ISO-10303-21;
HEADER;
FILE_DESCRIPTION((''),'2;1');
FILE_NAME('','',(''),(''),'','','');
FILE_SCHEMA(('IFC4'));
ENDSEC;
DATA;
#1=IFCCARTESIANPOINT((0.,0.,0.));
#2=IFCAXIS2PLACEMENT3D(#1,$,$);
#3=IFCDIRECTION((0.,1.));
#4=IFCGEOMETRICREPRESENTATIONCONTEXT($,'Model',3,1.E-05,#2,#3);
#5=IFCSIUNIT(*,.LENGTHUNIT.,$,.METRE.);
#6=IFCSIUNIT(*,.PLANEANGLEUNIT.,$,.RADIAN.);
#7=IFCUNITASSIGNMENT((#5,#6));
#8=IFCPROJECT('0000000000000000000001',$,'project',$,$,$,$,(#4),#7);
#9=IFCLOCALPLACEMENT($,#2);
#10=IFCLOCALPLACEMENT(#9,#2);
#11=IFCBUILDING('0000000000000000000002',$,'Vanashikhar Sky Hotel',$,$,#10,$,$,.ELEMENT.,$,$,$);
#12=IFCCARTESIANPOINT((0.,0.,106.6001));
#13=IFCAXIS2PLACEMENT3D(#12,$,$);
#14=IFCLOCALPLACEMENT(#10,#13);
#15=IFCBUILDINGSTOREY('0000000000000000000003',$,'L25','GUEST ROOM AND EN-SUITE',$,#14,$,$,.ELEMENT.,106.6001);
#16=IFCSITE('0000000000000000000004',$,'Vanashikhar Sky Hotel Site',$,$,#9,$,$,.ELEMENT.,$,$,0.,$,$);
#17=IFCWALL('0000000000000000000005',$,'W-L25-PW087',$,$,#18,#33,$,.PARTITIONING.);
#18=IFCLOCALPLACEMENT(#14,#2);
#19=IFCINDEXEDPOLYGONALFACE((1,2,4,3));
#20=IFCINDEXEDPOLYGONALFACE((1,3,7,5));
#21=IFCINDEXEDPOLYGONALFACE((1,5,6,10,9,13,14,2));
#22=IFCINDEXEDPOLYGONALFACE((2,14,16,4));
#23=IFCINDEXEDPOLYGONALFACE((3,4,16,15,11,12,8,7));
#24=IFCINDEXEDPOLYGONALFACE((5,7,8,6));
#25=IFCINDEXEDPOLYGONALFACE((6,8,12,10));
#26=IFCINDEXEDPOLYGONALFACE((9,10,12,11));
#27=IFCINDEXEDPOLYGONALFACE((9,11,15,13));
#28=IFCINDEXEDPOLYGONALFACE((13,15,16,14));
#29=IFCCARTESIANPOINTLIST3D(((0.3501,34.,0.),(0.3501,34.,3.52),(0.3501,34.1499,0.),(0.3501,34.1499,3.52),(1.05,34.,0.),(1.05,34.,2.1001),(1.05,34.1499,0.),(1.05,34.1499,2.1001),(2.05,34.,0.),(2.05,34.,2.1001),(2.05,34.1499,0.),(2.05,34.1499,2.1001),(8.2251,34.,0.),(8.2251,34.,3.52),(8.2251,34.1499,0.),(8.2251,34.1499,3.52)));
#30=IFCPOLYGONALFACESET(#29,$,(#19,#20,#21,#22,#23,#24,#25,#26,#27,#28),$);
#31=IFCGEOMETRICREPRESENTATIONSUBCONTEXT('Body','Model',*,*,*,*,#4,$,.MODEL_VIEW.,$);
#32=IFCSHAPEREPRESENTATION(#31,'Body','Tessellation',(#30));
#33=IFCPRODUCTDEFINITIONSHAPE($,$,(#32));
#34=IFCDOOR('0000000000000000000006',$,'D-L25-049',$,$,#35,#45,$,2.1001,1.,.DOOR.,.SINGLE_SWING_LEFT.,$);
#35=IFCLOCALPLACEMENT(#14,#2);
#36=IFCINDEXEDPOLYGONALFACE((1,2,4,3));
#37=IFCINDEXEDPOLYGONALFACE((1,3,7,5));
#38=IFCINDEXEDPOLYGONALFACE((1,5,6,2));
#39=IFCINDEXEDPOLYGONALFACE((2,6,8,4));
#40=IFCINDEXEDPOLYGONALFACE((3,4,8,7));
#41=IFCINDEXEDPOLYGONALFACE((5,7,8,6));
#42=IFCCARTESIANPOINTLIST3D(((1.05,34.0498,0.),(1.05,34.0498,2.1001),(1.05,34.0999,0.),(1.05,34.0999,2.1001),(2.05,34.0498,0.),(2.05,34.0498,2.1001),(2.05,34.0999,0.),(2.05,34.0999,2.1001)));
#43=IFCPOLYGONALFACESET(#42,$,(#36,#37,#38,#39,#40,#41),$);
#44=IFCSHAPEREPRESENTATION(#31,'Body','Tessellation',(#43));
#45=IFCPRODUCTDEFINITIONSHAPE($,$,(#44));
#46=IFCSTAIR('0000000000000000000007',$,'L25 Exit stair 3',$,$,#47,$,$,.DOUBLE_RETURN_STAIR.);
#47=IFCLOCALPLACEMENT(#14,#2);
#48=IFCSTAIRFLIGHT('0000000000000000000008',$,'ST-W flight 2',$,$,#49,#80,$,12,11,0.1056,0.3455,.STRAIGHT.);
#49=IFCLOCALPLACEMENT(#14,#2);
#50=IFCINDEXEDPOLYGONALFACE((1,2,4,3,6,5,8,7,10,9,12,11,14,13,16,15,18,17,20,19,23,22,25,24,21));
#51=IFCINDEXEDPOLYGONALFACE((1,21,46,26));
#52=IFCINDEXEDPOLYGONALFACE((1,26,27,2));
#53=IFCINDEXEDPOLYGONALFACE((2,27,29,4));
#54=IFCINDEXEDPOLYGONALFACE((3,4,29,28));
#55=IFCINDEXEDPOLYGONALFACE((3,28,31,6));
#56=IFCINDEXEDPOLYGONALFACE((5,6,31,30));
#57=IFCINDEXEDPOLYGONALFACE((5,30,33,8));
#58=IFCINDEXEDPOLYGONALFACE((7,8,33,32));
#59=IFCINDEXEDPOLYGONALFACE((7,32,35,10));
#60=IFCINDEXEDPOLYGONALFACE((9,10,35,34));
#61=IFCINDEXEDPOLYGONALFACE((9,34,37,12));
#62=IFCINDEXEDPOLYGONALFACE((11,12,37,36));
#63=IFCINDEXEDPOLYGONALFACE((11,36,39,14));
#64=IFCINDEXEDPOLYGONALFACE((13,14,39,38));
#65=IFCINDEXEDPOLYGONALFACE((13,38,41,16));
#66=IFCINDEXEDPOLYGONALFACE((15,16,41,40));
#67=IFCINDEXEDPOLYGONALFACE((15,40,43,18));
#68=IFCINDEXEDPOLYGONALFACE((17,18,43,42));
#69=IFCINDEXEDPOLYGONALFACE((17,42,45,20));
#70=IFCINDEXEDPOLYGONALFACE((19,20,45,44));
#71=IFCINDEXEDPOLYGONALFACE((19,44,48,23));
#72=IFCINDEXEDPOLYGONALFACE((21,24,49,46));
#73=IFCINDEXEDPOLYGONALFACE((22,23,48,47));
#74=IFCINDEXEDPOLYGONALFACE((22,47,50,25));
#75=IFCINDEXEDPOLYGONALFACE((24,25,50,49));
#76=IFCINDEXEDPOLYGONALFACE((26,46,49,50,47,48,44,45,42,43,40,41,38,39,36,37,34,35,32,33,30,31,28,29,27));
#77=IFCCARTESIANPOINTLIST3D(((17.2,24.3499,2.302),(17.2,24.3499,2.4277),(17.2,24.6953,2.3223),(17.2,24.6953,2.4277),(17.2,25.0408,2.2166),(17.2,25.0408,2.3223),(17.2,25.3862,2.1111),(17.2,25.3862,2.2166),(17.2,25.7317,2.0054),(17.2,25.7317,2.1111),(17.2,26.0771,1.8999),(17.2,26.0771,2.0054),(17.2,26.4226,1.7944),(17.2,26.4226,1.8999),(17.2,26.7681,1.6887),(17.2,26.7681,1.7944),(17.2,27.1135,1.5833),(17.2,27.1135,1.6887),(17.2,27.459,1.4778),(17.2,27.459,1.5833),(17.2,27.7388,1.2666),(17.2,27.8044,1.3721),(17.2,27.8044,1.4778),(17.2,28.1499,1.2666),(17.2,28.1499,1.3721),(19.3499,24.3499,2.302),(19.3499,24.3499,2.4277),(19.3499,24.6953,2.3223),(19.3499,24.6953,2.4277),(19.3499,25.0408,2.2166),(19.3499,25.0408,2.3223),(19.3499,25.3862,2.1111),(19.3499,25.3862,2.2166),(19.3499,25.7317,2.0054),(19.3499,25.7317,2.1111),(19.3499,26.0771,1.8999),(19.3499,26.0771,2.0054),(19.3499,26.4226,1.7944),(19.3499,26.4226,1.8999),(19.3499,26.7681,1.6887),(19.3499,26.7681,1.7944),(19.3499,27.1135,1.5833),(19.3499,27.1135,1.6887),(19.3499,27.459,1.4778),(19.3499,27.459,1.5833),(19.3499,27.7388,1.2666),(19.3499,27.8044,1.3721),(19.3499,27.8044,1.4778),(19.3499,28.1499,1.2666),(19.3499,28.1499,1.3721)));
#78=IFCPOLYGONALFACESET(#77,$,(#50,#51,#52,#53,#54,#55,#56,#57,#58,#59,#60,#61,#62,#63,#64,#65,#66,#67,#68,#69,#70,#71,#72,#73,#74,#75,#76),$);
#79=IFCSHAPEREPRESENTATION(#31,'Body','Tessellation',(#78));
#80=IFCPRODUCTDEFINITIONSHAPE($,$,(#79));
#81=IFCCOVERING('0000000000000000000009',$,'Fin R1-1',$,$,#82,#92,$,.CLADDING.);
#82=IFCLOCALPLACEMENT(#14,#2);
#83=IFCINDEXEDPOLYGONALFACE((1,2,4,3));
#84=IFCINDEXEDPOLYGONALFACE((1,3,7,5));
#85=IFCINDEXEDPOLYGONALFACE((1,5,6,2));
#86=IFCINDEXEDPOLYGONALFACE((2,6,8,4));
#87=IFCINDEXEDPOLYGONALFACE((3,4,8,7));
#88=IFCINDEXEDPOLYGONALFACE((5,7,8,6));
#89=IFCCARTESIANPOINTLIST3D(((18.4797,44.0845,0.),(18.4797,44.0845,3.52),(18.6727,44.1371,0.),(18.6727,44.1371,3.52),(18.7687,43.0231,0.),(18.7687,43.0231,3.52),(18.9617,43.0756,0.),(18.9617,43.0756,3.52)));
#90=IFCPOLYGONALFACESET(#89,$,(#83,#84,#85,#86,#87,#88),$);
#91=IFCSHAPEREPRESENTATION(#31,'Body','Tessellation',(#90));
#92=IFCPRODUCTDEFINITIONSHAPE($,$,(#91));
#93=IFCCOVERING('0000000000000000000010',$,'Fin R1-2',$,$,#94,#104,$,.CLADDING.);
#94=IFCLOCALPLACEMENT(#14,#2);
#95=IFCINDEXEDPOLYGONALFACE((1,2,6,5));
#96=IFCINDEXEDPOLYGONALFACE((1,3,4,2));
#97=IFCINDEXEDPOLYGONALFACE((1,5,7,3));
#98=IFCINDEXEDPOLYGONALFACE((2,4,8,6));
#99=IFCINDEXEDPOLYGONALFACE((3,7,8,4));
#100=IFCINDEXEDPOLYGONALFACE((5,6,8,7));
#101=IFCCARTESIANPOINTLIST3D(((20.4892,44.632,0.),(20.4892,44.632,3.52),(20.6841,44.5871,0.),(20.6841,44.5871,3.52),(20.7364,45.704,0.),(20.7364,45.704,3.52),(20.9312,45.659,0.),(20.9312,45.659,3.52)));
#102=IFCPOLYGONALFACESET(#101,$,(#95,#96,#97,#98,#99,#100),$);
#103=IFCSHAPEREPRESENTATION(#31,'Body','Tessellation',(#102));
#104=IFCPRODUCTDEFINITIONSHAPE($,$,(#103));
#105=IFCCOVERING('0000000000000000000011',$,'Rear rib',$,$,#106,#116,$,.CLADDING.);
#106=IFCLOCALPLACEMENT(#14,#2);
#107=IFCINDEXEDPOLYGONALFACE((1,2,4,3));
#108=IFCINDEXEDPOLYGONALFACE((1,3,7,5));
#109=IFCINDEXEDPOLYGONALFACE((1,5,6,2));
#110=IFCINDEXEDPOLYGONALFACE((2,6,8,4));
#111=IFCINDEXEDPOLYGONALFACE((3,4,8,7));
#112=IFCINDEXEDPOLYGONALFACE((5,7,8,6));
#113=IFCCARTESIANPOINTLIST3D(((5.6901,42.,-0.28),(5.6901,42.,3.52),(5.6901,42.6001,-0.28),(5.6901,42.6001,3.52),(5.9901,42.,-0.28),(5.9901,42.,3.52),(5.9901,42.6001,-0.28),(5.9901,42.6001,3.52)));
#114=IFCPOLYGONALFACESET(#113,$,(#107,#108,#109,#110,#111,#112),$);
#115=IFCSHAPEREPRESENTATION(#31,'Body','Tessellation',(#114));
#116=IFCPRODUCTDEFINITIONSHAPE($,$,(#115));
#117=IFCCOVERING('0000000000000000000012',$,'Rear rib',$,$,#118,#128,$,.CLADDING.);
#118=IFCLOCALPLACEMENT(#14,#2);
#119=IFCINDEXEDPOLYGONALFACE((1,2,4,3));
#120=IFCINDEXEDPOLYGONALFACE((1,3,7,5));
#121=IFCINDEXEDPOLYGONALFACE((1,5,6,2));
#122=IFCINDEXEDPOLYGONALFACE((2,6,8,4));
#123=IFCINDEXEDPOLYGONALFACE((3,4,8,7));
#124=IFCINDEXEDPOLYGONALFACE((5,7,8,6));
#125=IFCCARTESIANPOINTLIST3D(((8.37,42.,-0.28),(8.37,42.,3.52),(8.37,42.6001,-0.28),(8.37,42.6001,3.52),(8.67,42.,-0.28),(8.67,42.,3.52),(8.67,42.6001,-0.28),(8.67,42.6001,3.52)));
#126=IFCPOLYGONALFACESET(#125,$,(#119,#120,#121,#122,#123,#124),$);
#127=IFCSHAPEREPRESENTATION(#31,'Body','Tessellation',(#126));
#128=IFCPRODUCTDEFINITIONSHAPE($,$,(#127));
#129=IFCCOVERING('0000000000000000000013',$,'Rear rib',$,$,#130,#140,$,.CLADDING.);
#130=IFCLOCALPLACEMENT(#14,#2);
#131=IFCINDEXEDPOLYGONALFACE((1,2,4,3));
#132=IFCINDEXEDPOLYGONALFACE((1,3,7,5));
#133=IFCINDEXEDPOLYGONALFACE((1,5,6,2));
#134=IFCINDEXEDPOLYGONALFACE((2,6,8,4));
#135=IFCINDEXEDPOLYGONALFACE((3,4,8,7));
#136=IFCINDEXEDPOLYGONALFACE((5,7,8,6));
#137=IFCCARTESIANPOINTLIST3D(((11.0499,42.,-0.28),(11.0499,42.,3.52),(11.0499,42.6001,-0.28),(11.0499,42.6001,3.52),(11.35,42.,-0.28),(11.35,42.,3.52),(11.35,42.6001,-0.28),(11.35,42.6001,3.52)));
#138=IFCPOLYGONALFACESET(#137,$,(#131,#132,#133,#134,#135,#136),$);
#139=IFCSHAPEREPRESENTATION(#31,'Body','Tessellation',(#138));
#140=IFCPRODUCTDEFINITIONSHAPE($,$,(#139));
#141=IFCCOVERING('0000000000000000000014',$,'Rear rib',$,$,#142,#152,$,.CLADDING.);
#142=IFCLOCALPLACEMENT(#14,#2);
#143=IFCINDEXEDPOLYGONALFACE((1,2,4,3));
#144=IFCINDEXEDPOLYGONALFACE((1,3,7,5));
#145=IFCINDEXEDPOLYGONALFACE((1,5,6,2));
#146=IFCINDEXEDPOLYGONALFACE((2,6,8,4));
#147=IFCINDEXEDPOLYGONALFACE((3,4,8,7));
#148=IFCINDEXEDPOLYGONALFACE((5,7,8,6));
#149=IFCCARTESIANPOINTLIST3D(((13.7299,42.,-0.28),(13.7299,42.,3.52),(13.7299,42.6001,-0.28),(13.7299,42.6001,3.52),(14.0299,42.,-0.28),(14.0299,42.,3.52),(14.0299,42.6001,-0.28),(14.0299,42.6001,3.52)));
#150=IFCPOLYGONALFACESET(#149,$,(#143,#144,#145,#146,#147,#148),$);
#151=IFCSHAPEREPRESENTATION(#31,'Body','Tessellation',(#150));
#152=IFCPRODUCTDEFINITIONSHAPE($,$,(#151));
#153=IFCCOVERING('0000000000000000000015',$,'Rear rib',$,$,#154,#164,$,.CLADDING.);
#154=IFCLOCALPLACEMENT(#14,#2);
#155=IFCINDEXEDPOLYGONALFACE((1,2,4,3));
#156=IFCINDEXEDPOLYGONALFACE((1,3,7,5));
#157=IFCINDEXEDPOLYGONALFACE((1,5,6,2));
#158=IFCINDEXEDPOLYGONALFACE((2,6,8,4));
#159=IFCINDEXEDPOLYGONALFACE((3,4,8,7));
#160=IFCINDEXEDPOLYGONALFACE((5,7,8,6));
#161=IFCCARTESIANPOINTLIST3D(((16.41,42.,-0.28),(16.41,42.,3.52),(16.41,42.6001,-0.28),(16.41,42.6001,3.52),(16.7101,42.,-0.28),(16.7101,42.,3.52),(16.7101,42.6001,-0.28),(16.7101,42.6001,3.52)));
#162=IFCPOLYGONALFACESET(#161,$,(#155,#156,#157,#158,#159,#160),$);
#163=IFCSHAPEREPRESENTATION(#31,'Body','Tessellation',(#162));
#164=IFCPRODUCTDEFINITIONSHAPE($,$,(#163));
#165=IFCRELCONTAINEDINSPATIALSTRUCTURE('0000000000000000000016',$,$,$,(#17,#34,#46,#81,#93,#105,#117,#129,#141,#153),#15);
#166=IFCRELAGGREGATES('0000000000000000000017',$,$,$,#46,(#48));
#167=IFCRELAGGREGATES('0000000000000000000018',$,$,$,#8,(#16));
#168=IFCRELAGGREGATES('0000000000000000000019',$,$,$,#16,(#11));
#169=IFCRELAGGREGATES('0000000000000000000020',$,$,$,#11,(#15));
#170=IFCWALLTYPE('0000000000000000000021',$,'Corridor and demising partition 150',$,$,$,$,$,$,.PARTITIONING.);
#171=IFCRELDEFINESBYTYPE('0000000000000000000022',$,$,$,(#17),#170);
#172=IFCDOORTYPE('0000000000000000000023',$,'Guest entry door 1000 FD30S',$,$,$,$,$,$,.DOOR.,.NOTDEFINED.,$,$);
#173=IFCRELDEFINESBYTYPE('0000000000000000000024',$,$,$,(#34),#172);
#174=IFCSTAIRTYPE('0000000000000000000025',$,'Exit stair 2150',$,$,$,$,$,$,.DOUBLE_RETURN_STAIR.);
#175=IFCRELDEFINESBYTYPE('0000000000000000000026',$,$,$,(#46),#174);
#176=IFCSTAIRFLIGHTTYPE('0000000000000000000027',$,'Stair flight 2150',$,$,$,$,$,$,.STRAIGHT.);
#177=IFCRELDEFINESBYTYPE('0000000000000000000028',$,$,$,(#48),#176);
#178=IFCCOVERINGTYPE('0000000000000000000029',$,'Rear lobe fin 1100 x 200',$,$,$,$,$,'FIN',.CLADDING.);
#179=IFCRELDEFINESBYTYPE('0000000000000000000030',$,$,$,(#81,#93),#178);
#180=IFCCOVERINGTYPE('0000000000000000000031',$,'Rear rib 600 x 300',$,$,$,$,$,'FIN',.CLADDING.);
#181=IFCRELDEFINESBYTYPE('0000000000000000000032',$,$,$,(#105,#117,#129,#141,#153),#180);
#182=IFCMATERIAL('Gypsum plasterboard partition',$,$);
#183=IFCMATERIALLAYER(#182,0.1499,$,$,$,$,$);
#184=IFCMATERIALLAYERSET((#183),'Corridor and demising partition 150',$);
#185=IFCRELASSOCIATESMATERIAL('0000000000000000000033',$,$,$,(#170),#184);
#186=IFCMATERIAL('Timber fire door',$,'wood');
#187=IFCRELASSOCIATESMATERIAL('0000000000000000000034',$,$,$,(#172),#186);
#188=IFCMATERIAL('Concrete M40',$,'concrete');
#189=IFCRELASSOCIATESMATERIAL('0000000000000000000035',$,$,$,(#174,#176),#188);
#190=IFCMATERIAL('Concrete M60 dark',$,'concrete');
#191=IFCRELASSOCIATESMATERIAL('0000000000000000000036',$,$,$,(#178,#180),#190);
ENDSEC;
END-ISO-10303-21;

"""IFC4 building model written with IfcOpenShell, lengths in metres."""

from ifc_helpers import new_model, si_unit, direction, frame, frame_2d, origin, origin_2d, place, context, subcontext, project, spatial, polyline, rectangle, outline, extrude, source, transform, mapped, material, layer, layer_set, material_profile, profile_set, type_object, element, fill, aggregate, save


model = new_model("IFC4")

# Units and contexts
model_context = context("Model", 3, precision=1e-05, world=origin(), true_north=direction((0.0, 1.0)))
body_context = subcontext(model_context, "Body", "Model", "MODEL_VIEW")
ifc_project = project(units=[si_unit("LENGTHUNIT", "METRE"), si_unit("PLANEANGLEUNIT", "RADIAN")], contexts=[model_context])

# Site, building, storey
site_placement = place(None, origin())
site = spatial("IfcSite", under=ifc_project, at=site_placement, Name="Vanashikhar Sky Hotel Site", CompositionType="ELEMENT", RefElevation=0.0)
building_placement = place(site_placement, origin())
building = spatial("IfcBuilding", under=site, at=building_placement, Name="Vanashikhar Sky Hotel", CompositionType="ELEMENT")
storey_placement = place(building_placement, frame((0.0, 0.0, 106.6001)))
storey = spatial("IfcBuildingStorey", under=building, at=storey_placement, Name="L25", Description="GUEST ROOM AND EN-SUITE", CompositionType="ELEMENT", Elevation=106.6001)

# Shared definitions
shared_shape_1 = source(origin(), body_context, "Body", "SweptSolid", [
    extrude(rectangle(XDim=1.0, YDim=2.1001, at=frame_2d((0.5, 1.05))), frame((0.0, 0.0249, 0.0), z_axis=(0.0, -1.0, 0.0), x_axis=(1.0, 0.0, 0.0)), (0.0, 0.0, 1.0), 0.05),
])
ifc_material_1 = material(Name="Gypsum plasterboard partition")
ifc_layer_1 = layer(ifc_material_1, 0.1499)
ifc_layer_set_1 = layer_set([ifc_layer_1], Name="Corridor and demising partition 150")
wall_type_1 = type_object("IfcWallType", Name="Corridor and demising partition 150", PredefinedType="PARTITIONING", material=ifc_layer_set_1)
shared_shape_2 = source(origin(), body_context, "Body", "SweptSolid", [
    extrude(rectangle(XDim=1.0, YDim=2.1001, at=frame_2d((0.5, 1.05))), frame((0.0, 0.085, 0.0), z_axis=(0.0, -1.0, 0.0), x_axis=(1.0, 0.0, 0.0)), (0.0, 0.0, 1.0), 0.1699),
])
ifc_material_2 = material(Name="Timber fire door", Category="wood")
door_type_1 = type_object("IfcDoorType", Name="Guest entry door 1000 FD30S", OperationType="NOTDEFINED", PredefinedType="DOOR", material=ifc_material_2)

# Wall, opening, door
shared_shape_3 = source(origin(), body_context, "Body", "SweptSolid", [
    extrude(rectangle(XDim=7.875, YDim=0.1499, at=frame_2d((3.9375, 0.0))), origin(), (0.0, 0.0, 1.0), 3.52),
])
wall_1_placement = place(storey_placement, frame((0.3501, 34.075, 0.0), z_axis=(0.0, 0.0, 1.0), x_axis=(1.0, 0.0, 0.0)))
wall_1 = element("IfcWall", 1, at=wall_1_placement, inside=storey, type_object=wall_type_1, Name="W-L25-PW087", PredefinedType="PARTITIONING", context=body_context, shape_type="MappedRepresentation", body=[
    mapped(shared_shape_3, transform((0.0, 0.0, 0.0), scale=1.0)),
])
opening_1_placement = place(wall_1_placement, frame((0.7, 0.0, 0.0)))
opening_1 = element("IfcOpeningElement", 2, at=opening_1_placement, cuts=wall_1, PredefinedType="OPENING", context=body_context, shape_type="MappedRepresentation", body=[
    mapped(shared_shape_2, transform((0.0, 0.0, 0.0), scale=1.0)),
])
door_1_placement = place(opening_1_placement, origin())
door_1 = element("IfcDoor", 3, at=door_1_placement, inside=storey, type_object=door_type_1, Name="D-L25-049", OperationType="SINGLE_SWING_LEFT", OverallHeight=2.1001, OverallWidth=1.0, PredefinedType="DOOR", context=body_context, shape_type="MappedRepresentation", body=[
    mapped(shared_shape_1, transform((0.0, 0.0, 0.0), scale=1.0)),
])
fill(opening_1, door_1)

# Stair, stair flight
ifc_material_3 = material(Name="Concrete M40", Category="concrete")
stair_type = type_object("IfcStairType", Name="Exit stair 2150", PredefinedType="DOUBLE_RETURN_STAIR", material=ifc_material_3)
stair_placement = place(storey_placement, origin())
stair = element("IfcStair", 4, at=stair_placement, inside=storey, type_object=stair_type, Name="L25 Exit stair 3", PredefinedType="DOUBLE_RETURN_STAIR")
stair_flight_type = type_object("IfcStairFlightType", Name="Stair flight 2150", PredefinedType="STRAIGHT", material=ifc_material_3)
shared_shape_4 = source(origin(), body_context, "Body", "SweptSolid", [
    extrude(outline(polyline([(0.0, 0.0), (0.0, 0.1055), (0.3455, 0.1055), (0.3455, 0.2112), (0.6909, 0.2112), (0.6909, 0.3167), (1.0364, 0.3167), (1.0364, 0.4221), (1.3818, 0.4221), (1.3818, 0.5278), (1.7273, 0.5278), (1.7273, 0.6333), (2.0728, 0.6333), (2.0728, 0.7388), (2.4182, 0.7388), (2.4182, 0.8445), (2.7637, 0.8445), (2.7637, 0.95), (3.1091, 0.95), (3.1091, 1.0557), (3.4546, 1.0557), (3.4546, 1.1611), (3.8, 1.1611), (3.8, 1.2666), (3.8, 1.0354), (0.4111, 0.0), (0.0, 0.0)])), frame((0.0, 1.075, 0.0), z_axis=(0.0, -1.0, 0.0), x_axis=(1.0, 0.0, 0.0)), (0.0, 0.0, 1.0), 2.1499),
])
stair_flight_placement = place(storey_placement, frame((18.2749, 28.1499, 1.2666), z_axis=(0.0, 0.0, 1.0), x_axis=(0.0, -1.0, 0.0)))
stair_flight = element("IfcStairFlight", 5, at=stair_flight_placement, type_object=stair_flight_type, Name="ST-W flight 2", NumberOfRisers=12, NumberOfTreads=11, PredefinedType="STRAIGHT", RiserHeight=0.1056, TreadLength=0.3455, context=body_context, shape_type="MappedRepresentation", body=[
    mapped(shared_shape_4, transform((0.0, 0.0, 0.0), scale=1.0)),
])
aggregate(stair, [stair_flight])

# Coverings
ifc_material_4 = material(Name="Concrete M60 dark", Category="concrete")
ifc_material_profile_1 = material_profile(ifc_material_4, rectangle(XDim=1.1001, YDim=0.2, at=origin_2d()))
ifc_profile_set_1 = profile_set([ifc_material_profile_1], Name="Rear lobe fin 1100 x 200")
covering_type_1 = type_object("IfcCoveringType", Name="Rear lobe fin 1100 x 200", ElementType="FIN", PredefinedType="CLADDING", material=ifc_profile_set_1)
shared_shape_5 = source(origin(), body_context, "Body", "SweptSolid", [
    extrude(rectangle(XDim=1.1001, YDim=0.2, at=origin_2d()), origin(), (0.0, 0.0, 1.0), 3.52),
])
for number, where, z_axis, x_axis, name in (
    (6, (18.7207, 43.5801, 0.0), (0.0, 0.0, 1.0), (-0.262711, 0.964874, 0.0), "Fin R1-1"),
    (7, (20.7102, 45.1455, 0.0), (0.0, 0.0, 1.0), (0.224645, 0.974441, 0.0), "Fin R1-2"),
):
    element("IfcCovering", number, at=place(storey_placement, frame(where, z_axis=z_axis, x_axis=x_axis)), inside=storey, type_object=covering_type_1, Name=name, PredefinedType="CLADDING", context=body_context, shape_type="MappedRepresentation", body=[
        mapped(shared_shape_5, transform((0.0, 0.0, 0.0), scale=1.0)),
    ])
ifc_material_profile_2 = material_profile(ifc_material_4, rectangle(XDim=0.6001, YDim=0.3, at=origin_2d()))
ifc_profile_set_2 = profile_set([ifc_material_profile_2], Name="Rear rib 600 x 300")
covering_type_2 = type_object("IfcCoveringType", Name="Rear rib 600 x 300", ElementType="FIN", PredefinedType="CLADDING", material=ifc_profile_set_2)
shared_shape_6 = source(origin(), body_context, "Body", "SweptSolid", [
    extrude(rectangle(XDim=0.6001, YDim=0.3, at=origin_2d()), origin(), (0.0, 0.0, 1.0), 3.8),
])
for number, where, z_axis, x_axis, name in (
    (8, (5.8401, 42.3, -0.28), (0.0, 0.0, 1.0), (0.0, 1.0, 0.0), "Rear rib"),
    (9, (8.52, 42.3, -0.28), (0.0, 0.0, 1.0), (0.0, 1.0, 0.0), "Rear rib"),
    (10, (11.2, 42.3, -0.28), (0.0, 0.0, 1.0), (0.0, 1.0, 0.0), "Rear rib"),
    (11, (13.8799, 42.3, -0.28), (0.0, 0.0, 1.0), (0.0, 1.0, 0.0), "Rear rib"),
    (12, (16.5601, 42.3, -0.28), (0.0, 0.0, 1.0), (0.0, 1.0, 0.0), "Rear rib"),
):
    element("IfcCovering", number, at=place(storey_placement, frame(where, z_axis=z_axis, x_axis=x_axis)), inside=storey, type_object=covering_type_2, Name=name, PredefinedType="CLADDING", context=body_context, shape_type="MappedRepresentation", body=[
        mapped(shared_shape_6, transform((0.0, 0.0, 0.0), scale=1.0)),
    ])

save(model, "model.ifc")
